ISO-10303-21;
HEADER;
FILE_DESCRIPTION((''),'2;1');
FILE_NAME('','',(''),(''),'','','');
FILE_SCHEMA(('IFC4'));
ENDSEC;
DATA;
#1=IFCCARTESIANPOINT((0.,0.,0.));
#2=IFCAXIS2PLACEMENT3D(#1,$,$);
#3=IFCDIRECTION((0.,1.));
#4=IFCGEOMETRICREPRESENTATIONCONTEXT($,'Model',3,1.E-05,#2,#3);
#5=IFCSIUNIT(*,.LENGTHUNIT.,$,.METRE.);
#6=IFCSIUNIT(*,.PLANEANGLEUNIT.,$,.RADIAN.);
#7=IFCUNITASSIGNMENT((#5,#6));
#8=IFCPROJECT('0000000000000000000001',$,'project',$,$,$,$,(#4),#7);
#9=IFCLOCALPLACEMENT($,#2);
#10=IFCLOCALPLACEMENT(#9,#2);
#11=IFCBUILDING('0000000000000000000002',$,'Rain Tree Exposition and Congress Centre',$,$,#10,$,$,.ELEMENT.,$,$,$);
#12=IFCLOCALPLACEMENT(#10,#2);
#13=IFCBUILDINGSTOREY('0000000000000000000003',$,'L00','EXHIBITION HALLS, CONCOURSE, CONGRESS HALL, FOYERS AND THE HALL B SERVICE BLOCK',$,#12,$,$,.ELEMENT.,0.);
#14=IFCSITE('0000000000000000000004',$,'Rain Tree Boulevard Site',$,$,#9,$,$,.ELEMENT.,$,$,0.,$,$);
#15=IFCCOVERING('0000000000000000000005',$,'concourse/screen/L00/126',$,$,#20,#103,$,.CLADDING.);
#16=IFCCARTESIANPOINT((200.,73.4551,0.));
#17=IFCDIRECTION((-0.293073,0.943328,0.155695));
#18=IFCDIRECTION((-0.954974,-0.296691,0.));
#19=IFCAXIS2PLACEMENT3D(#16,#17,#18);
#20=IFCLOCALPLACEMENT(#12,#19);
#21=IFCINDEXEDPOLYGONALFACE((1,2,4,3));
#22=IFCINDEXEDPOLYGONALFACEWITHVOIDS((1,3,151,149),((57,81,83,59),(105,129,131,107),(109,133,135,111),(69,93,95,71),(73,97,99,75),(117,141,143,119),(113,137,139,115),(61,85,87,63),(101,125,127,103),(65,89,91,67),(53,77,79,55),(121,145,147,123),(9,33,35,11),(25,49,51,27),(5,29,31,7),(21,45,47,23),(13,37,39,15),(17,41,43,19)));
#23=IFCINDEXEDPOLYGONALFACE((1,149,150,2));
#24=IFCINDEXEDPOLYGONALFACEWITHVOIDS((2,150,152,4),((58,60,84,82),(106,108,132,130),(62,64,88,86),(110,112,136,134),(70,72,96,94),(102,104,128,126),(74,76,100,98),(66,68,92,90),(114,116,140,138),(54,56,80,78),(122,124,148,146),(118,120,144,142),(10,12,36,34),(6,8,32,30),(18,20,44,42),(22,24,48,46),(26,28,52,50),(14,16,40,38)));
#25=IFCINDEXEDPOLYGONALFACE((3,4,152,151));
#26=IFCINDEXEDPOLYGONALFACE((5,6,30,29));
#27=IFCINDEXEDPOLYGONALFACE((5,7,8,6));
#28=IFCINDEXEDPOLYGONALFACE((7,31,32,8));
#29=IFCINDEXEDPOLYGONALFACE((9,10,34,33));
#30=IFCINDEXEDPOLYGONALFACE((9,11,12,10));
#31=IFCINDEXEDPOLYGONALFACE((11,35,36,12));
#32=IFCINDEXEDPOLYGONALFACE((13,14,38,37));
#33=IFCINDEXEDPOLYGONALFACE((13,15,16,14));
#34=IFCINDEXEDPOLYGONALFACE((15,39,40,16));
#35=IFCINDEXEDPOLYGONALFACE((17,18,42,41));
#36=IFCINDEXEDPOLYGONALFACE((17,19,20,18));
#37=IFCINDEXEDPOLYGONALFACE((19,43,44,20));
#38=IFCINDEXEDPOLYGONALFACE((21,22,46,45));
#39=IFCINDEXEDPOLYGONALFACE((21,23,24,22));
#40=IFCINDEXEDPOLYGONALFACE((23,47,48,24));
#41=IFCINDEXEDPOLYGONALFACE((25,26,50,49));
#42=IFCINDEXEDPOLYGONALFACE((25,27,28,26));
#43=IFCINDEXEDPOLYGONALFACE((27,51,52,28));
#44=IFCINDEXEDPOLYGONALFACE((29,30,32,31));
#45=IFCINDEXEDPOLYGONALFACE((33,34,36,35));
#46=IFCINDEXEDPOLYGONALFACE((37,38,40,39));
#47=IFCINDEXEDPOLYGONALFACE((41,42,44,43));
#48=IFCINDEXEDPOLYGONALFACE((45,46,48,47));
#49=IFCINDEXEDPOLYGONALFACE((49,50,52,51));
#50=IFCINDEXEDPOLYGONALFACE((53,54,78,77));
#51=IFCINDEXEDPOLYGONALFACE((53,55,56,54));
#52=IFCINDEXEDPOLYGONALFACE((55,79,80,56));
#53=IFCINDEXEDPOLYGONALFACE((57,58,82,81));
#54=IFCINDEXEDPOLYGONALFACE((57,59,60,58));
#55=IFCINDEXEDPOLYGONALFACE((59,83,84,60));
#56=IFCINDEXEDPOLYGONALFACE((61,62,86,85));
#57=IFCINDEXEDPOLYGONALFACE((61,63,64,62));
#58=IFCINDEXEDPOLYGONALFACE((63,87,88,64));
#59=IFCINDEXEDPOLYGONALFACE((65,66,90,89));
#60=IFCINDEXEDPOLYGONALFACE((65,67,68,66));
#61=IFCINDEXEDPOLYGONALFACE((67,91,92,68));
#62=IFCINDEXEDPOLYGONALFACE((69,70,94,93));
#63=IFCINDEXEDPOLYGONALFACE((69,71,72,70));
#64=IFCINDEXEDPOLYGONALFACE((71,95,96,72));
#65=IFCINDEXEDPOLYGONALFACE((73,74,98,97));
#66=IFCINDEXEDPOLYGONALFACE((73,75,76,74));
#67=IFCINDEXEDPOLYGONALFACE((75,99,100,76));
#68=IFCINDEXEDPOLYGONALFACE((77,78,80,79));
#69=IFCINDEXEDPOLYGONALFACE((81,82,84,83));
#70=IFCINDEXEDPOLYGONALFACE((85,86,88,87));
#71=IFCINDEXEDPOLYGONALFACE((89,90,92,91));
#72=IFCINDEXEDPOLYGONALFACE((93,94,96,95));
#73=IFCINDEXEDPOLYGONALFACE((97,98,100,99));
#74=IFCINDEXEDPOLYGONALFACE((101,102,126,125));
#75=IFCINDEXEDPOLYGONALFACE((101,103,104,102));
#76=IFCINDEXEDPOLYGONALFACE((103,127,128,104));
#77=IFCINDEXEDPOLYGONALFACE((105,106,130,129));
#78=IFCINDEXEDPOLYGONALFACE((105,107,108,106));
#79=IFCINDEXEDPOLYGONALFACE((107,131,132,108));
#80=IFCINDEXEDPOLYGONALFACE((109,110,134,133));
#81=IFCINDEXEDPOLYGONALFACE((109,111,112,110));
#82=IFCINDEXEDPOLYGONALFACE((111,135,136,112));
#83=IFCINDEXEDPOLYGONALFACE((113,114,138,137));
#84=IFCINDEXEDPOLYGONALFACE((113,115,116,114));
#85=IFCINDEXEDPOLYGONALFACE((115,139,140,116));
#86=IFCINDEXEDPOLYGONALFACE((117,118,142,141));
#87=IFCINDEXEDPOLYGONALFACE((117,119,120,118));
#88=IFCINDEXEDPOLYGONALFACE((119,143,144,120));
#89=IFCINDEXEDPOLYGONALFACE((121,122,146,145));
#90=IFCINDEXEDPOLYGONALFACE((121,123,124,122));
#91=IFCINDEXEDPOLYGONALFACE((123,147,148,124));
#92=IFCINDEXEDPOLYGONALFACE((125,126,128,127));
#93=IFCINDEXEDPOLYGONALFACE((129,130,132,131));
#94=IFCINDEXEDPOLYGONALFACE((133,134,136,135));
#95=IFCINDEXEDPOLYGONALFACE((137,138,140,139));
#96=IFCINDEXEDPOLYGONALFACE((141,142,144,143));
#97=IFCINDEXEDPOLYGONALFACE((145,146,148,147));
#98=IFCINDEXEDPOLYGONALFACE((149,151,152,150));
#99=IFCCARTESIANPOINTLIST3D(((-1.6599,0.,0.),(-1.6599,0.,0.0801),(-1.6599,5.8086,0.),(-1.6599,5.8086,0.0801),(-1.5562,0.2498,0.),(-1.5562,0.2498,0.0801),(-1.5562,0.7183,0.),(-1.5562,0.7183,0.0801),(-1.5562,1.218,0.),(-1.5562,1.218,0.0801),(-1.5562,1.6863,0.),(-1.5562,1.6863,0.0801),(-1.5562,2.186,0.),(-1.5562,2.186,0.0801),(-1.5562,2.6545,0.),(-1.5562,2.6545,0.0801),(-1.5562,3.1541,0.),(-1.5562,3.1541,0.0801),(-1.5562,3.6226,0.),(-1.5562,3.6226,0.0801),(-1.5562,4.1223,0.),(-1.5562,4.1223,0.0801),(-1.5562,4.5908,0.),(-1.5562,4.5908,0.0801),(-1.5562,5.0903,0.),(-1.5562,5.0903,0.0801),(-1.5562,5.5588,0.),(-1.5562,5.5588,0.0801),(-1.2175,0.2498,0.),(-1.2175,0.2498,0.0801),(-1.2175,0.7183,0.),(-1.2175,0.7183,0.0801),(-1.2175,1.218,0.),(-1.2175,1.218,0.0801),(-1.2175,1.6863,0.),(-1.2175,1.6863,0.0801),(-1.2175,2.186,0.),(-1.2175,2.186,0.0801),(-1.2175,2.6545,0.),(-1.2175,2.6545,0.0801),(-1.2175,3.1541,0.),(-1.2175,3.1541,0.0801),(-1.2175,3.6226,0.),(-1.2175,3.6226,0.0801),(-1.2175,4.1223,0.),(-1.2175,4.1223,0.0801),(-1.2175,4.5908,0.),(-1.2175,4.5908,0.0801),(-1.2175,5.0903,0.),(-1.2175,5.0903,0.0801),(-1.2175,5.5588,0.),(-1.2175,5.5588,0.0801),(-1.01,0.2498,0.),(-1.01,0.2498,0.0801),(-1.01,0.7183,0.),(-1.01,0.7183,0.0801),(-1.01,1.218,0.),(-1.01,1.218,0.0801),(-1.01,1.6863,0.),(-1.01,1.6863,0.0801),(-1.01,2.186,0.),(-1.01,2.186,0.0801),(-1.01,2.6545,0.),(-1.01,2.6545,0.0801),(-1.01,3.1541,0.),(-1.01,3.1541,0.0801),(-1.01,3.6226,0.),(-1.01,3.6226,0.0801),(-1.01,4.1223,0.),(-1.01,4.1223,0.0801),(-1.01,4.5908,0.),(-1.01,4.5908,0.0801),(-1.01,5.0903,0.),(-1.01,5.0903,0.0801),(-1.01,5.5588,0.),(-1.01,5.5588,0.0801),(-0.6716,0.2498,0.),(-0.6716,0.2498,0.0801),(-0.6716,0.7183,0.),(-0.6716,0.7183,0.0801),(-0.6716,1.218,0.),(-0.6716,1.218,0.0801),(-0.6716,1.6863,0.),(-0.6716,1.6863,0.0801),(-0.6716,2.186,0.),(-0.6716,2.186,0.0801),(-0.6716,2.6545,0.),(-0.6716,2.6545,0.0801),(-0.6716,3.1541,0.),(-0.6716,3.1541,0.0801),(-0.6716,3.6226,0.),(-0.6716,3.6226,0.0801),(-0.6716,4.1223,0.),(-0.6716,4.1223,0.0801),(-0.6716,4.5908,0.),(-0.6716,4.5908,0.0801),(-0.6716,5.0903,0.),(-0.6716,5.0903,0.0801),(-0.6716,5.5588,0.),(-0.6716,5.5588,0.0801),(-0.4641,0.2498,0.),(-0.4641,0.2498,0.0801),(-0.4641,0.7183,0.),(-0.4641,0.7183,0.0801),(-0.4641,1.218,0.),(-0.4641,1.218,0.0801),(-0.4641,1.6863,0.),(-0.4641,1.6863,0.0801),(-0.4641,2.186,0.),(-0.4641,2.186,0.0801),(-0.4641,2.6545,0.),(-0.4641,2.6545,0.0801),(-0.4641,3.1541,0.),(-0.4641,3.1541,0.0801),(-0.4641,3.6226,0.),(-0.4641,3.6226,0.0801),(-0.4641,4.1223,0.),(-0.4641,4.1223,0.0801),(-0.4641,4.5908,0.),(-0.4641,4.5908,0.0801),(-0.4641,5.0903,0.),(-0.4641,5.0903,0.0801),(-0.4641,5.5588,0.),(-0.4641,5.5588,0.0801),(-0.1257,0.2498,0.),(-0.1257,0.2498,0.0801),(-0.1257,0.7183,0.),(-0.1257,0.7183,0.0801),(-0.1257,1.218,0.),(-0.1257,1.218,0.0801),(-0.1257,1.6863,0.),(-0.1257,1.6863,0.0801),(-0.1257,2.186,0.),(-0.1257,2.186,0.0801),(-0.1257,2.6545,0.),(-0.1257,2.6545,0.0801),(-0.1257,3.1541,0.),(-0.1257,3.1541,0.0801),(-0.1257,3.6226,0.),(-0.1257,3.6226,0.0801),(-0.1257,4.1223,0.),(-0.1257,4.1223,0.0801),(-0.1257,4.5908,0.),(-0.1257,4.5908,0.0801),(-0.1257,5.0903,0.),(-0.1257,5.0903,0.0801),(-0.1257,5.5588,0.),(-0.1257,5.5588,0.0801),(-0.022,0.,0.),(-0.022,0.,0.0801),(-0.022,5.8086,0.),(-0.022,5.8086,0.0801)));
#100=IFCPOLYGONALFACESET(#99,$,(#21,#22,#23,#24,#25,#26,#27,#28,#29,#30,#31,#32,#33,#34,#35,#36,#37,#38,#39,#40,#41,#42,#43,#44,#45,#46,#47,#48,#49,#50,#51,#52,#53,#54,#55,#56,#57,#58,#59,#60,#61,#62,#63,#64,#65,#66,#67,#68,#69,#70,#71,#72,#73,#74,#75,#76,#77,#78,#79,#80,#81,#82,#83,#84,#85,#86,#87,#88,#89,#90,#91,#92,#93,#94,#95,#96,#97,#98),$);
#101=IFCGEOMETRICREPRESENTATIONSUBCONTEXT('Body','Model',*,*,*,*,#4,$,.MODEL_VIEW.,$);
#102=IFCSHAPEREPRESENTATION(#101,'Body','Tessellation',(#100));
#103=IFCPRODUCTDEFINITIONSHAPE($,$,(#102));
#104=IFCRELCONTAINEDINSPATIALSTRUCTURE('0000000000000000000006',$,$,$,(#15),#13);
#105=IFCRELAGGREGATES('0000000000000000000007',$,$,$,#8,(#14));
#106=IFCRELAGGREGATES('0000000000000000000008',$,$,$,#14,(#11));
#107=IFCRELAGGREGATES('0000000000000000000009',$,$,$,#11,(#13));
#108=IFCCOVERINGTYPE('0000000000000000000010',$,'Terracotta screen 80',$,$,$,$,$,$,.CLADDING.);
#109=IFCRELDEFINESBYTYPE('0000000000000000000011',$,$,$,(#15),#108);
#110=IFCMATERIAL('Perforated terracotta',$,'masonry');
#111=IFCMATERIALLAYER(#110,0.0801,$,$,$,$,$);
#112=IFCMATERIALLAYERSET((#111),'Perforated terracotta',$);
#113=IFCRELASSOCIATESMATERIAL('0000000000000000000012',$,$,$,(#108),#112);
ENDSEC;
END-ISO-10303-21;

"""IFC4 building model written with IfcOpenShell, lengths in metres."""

from ifc_helpers import new_model, si_unit, direction, frame, origin, place, context, subcontext, project, spatial, polyline, outline, extrude, material, layer, layer_set, type_object, element, save


model = new_model("IFC4")

# Units and contexts
model_context = context("Model", 3, precision=1e-05, world=origin(), true_north=direction((0.0, 1.0)))
body_context = subcontext(model_context, "Body", "Model", "MODEL_VIEW")
ifc_project = project(units=[si_unit("LENGTHUNIT", "METRE"), si_unit("PLANEANGLEUNIT", "RADIAN")], contexts=[model_context])

# Site, building, storey
site_placement = place(None, origin())
site = spatial("IfcSite", under=ifc_project, at=site_placement, Name="Rain Tree Boulevard Site", CompositionType="ELEMENT", RefElevation=0.0)
building_placement = place(site_placement, origin())
building = spatial("IfcBuilding", under=site, at=building_placement, Name="Rain Tree Exposition and Congress Centre", CompositionType="ELEMENT")
storey_placement = place(building_placement, origin())
storey = spatial("IfcBuildingStorey", under=building, at=storey_placement, Name="L00", Description="EXHIBITION HALLS, CONCOURSE, CONGRESS HALL, FOYERS AND THE HALL B SERVICE BLOCK", CompositionType="ELEMENT", Elevation=0.0)

# Covering
ifc_material_1 = material(Name="Perforated terracotta", Category="masonry")
ifc_layer_1 = layer(ifc_material_1, 0.0801)
ifc_layer_set_1 = layer_set([ifc_layer_1], Name="Perforated terracotta")
covering_type = type_object("IfcCoveringType", Name="Terracotta screen 80", PredefinedType="CLADDING", material=ifc_layer_set_1)
covering_1_placement = place(storey_placement, frame((200.0, 73.4551, 0.0), z_axis=(-0.293073, 0.943328, 0.155695), x_axis=(-0.954974, -0.296691, 0.0)))
element("IfcCovering", 1, at=covering_1_placement, inside=storey, type_object=covering_type, Name="concourse/screen/L00/126", PredefinedType="CLADDING", context=body_context, shape_type="SweptSolid", body=[
    extrude(outline(polyline([(-0.022, 0.0), (-1.6599, 0.0), (-1.6599, 5.8086), (-0.022, 5.8086), (-0.022, 0.0)]), holes=[polyline([(-0.1257, 0.2498), (-0.1257, 0.7183), (-0.4641, 0.7183), (-0.4641, 0.2498), (-0.1257, 0.2498)]), polyline([(-0.1257, 1.218), (-0.1257, 1.6863), (-0.4641, 1.6863), (-0.4641, 1.218), (-0.1257, 1.218)]), polyline([(-0.1257, 2.186), (-0.1257, 2.6545), (-0.4641, 2.6545), (-0.4641, 2.186), (-0.1257, 2.186)]), polyline([(-0.1257, 3.1541), (-0.1257, 3.6226), (-0.4641, 3.6226), (-0.4641, 3.1541), (-0.1257, 3.1541)]), polyline([(-0.1257, 4.1223), (-0.1257, 4.5908), (-0.4641, 4.5908), (-0.4641, 4.1223), (-0.1257, 4.1223)]), polyline([(-0.1257, 5.0903), (-0.1257, 5.5588), (-0.4641, 5.5588), (-0.4641, 5.0903), (-0.1257, 5.0903)]), polyline([(-0.6716, 0.2498), (-0.6716, 0.7183), (-1.01, 0.7183), (-1.01, 0.2498), (-0.6716, 0.2498)]), polyline([(-0.6716, 1.218), (-0.6716, 1.6863), (-1.01, 1.6863), (-1.01, 1.218), (-0.6716, 1.218)]), polyline([(-0.6716, 2.186), (-0.6716, 2.6545), (-1.01, 2.6545), (-1.01, 2.186), (-0.6716, 2.186)]), polyline([(-0.6716, 3.1541), (-0.6716, 3.6226), (-1.01, 3.6226), (-1.01, 3.1541), (-0.6716, 3.1541)]), polyline([(-0.6716, 4.1223), (-0.6716, 4.5908), (-1.01, 4.5908), (-1.01, 4.1223), (-0.6716, 4.1223)]), polyline([(-0.6716, 5.0903), (-0.6716, 5.5588), (-1.01, 5.5588), (-1.01, 5.0903), (-0.6716, 5.0903)]), polyline([(-1.2175, 0.2498), (-1.2175, 0.7183), (-1.5562, 0.7183), (-1.5562, 0.2498), (-1.2175, 0.2498)]), polyline([(-1.2175, 1.218), (-1.2175, 1.6863), (-1.5562, 1.6863), (-1.5562, 1.218), (-1.2175, 1.218)]), polyline([(-1.2175, 2.186), (-1.2175, 2.6545), (-1.5562, 2.6545), (-1.5562, 2.186), (-1.2175, 2.186)]), polyline([(-1.2175, 3.1541), (-1.2175, 3.6226), (-1.5562, 3.6226), (-1.5562, 3.1541), (-1.2175, 3.1541)]), polyline([(-1.2175, 4.1223), (-1.2175, 4.5908), (-1.5562, 4.5908), (-1.5562, 4.1223), (-1.2175, 4.1223)]), polyline([(-1.2175, 5.0903), (-1.2175, 5.5588), (-1.5562, 5.5588), (-1.5562, 5.0903), (-1.2175, 5.0903)])]), origin(), (0.0, 0.0, 1.0), 0.0801),
])

save(model, "model.ifc")
